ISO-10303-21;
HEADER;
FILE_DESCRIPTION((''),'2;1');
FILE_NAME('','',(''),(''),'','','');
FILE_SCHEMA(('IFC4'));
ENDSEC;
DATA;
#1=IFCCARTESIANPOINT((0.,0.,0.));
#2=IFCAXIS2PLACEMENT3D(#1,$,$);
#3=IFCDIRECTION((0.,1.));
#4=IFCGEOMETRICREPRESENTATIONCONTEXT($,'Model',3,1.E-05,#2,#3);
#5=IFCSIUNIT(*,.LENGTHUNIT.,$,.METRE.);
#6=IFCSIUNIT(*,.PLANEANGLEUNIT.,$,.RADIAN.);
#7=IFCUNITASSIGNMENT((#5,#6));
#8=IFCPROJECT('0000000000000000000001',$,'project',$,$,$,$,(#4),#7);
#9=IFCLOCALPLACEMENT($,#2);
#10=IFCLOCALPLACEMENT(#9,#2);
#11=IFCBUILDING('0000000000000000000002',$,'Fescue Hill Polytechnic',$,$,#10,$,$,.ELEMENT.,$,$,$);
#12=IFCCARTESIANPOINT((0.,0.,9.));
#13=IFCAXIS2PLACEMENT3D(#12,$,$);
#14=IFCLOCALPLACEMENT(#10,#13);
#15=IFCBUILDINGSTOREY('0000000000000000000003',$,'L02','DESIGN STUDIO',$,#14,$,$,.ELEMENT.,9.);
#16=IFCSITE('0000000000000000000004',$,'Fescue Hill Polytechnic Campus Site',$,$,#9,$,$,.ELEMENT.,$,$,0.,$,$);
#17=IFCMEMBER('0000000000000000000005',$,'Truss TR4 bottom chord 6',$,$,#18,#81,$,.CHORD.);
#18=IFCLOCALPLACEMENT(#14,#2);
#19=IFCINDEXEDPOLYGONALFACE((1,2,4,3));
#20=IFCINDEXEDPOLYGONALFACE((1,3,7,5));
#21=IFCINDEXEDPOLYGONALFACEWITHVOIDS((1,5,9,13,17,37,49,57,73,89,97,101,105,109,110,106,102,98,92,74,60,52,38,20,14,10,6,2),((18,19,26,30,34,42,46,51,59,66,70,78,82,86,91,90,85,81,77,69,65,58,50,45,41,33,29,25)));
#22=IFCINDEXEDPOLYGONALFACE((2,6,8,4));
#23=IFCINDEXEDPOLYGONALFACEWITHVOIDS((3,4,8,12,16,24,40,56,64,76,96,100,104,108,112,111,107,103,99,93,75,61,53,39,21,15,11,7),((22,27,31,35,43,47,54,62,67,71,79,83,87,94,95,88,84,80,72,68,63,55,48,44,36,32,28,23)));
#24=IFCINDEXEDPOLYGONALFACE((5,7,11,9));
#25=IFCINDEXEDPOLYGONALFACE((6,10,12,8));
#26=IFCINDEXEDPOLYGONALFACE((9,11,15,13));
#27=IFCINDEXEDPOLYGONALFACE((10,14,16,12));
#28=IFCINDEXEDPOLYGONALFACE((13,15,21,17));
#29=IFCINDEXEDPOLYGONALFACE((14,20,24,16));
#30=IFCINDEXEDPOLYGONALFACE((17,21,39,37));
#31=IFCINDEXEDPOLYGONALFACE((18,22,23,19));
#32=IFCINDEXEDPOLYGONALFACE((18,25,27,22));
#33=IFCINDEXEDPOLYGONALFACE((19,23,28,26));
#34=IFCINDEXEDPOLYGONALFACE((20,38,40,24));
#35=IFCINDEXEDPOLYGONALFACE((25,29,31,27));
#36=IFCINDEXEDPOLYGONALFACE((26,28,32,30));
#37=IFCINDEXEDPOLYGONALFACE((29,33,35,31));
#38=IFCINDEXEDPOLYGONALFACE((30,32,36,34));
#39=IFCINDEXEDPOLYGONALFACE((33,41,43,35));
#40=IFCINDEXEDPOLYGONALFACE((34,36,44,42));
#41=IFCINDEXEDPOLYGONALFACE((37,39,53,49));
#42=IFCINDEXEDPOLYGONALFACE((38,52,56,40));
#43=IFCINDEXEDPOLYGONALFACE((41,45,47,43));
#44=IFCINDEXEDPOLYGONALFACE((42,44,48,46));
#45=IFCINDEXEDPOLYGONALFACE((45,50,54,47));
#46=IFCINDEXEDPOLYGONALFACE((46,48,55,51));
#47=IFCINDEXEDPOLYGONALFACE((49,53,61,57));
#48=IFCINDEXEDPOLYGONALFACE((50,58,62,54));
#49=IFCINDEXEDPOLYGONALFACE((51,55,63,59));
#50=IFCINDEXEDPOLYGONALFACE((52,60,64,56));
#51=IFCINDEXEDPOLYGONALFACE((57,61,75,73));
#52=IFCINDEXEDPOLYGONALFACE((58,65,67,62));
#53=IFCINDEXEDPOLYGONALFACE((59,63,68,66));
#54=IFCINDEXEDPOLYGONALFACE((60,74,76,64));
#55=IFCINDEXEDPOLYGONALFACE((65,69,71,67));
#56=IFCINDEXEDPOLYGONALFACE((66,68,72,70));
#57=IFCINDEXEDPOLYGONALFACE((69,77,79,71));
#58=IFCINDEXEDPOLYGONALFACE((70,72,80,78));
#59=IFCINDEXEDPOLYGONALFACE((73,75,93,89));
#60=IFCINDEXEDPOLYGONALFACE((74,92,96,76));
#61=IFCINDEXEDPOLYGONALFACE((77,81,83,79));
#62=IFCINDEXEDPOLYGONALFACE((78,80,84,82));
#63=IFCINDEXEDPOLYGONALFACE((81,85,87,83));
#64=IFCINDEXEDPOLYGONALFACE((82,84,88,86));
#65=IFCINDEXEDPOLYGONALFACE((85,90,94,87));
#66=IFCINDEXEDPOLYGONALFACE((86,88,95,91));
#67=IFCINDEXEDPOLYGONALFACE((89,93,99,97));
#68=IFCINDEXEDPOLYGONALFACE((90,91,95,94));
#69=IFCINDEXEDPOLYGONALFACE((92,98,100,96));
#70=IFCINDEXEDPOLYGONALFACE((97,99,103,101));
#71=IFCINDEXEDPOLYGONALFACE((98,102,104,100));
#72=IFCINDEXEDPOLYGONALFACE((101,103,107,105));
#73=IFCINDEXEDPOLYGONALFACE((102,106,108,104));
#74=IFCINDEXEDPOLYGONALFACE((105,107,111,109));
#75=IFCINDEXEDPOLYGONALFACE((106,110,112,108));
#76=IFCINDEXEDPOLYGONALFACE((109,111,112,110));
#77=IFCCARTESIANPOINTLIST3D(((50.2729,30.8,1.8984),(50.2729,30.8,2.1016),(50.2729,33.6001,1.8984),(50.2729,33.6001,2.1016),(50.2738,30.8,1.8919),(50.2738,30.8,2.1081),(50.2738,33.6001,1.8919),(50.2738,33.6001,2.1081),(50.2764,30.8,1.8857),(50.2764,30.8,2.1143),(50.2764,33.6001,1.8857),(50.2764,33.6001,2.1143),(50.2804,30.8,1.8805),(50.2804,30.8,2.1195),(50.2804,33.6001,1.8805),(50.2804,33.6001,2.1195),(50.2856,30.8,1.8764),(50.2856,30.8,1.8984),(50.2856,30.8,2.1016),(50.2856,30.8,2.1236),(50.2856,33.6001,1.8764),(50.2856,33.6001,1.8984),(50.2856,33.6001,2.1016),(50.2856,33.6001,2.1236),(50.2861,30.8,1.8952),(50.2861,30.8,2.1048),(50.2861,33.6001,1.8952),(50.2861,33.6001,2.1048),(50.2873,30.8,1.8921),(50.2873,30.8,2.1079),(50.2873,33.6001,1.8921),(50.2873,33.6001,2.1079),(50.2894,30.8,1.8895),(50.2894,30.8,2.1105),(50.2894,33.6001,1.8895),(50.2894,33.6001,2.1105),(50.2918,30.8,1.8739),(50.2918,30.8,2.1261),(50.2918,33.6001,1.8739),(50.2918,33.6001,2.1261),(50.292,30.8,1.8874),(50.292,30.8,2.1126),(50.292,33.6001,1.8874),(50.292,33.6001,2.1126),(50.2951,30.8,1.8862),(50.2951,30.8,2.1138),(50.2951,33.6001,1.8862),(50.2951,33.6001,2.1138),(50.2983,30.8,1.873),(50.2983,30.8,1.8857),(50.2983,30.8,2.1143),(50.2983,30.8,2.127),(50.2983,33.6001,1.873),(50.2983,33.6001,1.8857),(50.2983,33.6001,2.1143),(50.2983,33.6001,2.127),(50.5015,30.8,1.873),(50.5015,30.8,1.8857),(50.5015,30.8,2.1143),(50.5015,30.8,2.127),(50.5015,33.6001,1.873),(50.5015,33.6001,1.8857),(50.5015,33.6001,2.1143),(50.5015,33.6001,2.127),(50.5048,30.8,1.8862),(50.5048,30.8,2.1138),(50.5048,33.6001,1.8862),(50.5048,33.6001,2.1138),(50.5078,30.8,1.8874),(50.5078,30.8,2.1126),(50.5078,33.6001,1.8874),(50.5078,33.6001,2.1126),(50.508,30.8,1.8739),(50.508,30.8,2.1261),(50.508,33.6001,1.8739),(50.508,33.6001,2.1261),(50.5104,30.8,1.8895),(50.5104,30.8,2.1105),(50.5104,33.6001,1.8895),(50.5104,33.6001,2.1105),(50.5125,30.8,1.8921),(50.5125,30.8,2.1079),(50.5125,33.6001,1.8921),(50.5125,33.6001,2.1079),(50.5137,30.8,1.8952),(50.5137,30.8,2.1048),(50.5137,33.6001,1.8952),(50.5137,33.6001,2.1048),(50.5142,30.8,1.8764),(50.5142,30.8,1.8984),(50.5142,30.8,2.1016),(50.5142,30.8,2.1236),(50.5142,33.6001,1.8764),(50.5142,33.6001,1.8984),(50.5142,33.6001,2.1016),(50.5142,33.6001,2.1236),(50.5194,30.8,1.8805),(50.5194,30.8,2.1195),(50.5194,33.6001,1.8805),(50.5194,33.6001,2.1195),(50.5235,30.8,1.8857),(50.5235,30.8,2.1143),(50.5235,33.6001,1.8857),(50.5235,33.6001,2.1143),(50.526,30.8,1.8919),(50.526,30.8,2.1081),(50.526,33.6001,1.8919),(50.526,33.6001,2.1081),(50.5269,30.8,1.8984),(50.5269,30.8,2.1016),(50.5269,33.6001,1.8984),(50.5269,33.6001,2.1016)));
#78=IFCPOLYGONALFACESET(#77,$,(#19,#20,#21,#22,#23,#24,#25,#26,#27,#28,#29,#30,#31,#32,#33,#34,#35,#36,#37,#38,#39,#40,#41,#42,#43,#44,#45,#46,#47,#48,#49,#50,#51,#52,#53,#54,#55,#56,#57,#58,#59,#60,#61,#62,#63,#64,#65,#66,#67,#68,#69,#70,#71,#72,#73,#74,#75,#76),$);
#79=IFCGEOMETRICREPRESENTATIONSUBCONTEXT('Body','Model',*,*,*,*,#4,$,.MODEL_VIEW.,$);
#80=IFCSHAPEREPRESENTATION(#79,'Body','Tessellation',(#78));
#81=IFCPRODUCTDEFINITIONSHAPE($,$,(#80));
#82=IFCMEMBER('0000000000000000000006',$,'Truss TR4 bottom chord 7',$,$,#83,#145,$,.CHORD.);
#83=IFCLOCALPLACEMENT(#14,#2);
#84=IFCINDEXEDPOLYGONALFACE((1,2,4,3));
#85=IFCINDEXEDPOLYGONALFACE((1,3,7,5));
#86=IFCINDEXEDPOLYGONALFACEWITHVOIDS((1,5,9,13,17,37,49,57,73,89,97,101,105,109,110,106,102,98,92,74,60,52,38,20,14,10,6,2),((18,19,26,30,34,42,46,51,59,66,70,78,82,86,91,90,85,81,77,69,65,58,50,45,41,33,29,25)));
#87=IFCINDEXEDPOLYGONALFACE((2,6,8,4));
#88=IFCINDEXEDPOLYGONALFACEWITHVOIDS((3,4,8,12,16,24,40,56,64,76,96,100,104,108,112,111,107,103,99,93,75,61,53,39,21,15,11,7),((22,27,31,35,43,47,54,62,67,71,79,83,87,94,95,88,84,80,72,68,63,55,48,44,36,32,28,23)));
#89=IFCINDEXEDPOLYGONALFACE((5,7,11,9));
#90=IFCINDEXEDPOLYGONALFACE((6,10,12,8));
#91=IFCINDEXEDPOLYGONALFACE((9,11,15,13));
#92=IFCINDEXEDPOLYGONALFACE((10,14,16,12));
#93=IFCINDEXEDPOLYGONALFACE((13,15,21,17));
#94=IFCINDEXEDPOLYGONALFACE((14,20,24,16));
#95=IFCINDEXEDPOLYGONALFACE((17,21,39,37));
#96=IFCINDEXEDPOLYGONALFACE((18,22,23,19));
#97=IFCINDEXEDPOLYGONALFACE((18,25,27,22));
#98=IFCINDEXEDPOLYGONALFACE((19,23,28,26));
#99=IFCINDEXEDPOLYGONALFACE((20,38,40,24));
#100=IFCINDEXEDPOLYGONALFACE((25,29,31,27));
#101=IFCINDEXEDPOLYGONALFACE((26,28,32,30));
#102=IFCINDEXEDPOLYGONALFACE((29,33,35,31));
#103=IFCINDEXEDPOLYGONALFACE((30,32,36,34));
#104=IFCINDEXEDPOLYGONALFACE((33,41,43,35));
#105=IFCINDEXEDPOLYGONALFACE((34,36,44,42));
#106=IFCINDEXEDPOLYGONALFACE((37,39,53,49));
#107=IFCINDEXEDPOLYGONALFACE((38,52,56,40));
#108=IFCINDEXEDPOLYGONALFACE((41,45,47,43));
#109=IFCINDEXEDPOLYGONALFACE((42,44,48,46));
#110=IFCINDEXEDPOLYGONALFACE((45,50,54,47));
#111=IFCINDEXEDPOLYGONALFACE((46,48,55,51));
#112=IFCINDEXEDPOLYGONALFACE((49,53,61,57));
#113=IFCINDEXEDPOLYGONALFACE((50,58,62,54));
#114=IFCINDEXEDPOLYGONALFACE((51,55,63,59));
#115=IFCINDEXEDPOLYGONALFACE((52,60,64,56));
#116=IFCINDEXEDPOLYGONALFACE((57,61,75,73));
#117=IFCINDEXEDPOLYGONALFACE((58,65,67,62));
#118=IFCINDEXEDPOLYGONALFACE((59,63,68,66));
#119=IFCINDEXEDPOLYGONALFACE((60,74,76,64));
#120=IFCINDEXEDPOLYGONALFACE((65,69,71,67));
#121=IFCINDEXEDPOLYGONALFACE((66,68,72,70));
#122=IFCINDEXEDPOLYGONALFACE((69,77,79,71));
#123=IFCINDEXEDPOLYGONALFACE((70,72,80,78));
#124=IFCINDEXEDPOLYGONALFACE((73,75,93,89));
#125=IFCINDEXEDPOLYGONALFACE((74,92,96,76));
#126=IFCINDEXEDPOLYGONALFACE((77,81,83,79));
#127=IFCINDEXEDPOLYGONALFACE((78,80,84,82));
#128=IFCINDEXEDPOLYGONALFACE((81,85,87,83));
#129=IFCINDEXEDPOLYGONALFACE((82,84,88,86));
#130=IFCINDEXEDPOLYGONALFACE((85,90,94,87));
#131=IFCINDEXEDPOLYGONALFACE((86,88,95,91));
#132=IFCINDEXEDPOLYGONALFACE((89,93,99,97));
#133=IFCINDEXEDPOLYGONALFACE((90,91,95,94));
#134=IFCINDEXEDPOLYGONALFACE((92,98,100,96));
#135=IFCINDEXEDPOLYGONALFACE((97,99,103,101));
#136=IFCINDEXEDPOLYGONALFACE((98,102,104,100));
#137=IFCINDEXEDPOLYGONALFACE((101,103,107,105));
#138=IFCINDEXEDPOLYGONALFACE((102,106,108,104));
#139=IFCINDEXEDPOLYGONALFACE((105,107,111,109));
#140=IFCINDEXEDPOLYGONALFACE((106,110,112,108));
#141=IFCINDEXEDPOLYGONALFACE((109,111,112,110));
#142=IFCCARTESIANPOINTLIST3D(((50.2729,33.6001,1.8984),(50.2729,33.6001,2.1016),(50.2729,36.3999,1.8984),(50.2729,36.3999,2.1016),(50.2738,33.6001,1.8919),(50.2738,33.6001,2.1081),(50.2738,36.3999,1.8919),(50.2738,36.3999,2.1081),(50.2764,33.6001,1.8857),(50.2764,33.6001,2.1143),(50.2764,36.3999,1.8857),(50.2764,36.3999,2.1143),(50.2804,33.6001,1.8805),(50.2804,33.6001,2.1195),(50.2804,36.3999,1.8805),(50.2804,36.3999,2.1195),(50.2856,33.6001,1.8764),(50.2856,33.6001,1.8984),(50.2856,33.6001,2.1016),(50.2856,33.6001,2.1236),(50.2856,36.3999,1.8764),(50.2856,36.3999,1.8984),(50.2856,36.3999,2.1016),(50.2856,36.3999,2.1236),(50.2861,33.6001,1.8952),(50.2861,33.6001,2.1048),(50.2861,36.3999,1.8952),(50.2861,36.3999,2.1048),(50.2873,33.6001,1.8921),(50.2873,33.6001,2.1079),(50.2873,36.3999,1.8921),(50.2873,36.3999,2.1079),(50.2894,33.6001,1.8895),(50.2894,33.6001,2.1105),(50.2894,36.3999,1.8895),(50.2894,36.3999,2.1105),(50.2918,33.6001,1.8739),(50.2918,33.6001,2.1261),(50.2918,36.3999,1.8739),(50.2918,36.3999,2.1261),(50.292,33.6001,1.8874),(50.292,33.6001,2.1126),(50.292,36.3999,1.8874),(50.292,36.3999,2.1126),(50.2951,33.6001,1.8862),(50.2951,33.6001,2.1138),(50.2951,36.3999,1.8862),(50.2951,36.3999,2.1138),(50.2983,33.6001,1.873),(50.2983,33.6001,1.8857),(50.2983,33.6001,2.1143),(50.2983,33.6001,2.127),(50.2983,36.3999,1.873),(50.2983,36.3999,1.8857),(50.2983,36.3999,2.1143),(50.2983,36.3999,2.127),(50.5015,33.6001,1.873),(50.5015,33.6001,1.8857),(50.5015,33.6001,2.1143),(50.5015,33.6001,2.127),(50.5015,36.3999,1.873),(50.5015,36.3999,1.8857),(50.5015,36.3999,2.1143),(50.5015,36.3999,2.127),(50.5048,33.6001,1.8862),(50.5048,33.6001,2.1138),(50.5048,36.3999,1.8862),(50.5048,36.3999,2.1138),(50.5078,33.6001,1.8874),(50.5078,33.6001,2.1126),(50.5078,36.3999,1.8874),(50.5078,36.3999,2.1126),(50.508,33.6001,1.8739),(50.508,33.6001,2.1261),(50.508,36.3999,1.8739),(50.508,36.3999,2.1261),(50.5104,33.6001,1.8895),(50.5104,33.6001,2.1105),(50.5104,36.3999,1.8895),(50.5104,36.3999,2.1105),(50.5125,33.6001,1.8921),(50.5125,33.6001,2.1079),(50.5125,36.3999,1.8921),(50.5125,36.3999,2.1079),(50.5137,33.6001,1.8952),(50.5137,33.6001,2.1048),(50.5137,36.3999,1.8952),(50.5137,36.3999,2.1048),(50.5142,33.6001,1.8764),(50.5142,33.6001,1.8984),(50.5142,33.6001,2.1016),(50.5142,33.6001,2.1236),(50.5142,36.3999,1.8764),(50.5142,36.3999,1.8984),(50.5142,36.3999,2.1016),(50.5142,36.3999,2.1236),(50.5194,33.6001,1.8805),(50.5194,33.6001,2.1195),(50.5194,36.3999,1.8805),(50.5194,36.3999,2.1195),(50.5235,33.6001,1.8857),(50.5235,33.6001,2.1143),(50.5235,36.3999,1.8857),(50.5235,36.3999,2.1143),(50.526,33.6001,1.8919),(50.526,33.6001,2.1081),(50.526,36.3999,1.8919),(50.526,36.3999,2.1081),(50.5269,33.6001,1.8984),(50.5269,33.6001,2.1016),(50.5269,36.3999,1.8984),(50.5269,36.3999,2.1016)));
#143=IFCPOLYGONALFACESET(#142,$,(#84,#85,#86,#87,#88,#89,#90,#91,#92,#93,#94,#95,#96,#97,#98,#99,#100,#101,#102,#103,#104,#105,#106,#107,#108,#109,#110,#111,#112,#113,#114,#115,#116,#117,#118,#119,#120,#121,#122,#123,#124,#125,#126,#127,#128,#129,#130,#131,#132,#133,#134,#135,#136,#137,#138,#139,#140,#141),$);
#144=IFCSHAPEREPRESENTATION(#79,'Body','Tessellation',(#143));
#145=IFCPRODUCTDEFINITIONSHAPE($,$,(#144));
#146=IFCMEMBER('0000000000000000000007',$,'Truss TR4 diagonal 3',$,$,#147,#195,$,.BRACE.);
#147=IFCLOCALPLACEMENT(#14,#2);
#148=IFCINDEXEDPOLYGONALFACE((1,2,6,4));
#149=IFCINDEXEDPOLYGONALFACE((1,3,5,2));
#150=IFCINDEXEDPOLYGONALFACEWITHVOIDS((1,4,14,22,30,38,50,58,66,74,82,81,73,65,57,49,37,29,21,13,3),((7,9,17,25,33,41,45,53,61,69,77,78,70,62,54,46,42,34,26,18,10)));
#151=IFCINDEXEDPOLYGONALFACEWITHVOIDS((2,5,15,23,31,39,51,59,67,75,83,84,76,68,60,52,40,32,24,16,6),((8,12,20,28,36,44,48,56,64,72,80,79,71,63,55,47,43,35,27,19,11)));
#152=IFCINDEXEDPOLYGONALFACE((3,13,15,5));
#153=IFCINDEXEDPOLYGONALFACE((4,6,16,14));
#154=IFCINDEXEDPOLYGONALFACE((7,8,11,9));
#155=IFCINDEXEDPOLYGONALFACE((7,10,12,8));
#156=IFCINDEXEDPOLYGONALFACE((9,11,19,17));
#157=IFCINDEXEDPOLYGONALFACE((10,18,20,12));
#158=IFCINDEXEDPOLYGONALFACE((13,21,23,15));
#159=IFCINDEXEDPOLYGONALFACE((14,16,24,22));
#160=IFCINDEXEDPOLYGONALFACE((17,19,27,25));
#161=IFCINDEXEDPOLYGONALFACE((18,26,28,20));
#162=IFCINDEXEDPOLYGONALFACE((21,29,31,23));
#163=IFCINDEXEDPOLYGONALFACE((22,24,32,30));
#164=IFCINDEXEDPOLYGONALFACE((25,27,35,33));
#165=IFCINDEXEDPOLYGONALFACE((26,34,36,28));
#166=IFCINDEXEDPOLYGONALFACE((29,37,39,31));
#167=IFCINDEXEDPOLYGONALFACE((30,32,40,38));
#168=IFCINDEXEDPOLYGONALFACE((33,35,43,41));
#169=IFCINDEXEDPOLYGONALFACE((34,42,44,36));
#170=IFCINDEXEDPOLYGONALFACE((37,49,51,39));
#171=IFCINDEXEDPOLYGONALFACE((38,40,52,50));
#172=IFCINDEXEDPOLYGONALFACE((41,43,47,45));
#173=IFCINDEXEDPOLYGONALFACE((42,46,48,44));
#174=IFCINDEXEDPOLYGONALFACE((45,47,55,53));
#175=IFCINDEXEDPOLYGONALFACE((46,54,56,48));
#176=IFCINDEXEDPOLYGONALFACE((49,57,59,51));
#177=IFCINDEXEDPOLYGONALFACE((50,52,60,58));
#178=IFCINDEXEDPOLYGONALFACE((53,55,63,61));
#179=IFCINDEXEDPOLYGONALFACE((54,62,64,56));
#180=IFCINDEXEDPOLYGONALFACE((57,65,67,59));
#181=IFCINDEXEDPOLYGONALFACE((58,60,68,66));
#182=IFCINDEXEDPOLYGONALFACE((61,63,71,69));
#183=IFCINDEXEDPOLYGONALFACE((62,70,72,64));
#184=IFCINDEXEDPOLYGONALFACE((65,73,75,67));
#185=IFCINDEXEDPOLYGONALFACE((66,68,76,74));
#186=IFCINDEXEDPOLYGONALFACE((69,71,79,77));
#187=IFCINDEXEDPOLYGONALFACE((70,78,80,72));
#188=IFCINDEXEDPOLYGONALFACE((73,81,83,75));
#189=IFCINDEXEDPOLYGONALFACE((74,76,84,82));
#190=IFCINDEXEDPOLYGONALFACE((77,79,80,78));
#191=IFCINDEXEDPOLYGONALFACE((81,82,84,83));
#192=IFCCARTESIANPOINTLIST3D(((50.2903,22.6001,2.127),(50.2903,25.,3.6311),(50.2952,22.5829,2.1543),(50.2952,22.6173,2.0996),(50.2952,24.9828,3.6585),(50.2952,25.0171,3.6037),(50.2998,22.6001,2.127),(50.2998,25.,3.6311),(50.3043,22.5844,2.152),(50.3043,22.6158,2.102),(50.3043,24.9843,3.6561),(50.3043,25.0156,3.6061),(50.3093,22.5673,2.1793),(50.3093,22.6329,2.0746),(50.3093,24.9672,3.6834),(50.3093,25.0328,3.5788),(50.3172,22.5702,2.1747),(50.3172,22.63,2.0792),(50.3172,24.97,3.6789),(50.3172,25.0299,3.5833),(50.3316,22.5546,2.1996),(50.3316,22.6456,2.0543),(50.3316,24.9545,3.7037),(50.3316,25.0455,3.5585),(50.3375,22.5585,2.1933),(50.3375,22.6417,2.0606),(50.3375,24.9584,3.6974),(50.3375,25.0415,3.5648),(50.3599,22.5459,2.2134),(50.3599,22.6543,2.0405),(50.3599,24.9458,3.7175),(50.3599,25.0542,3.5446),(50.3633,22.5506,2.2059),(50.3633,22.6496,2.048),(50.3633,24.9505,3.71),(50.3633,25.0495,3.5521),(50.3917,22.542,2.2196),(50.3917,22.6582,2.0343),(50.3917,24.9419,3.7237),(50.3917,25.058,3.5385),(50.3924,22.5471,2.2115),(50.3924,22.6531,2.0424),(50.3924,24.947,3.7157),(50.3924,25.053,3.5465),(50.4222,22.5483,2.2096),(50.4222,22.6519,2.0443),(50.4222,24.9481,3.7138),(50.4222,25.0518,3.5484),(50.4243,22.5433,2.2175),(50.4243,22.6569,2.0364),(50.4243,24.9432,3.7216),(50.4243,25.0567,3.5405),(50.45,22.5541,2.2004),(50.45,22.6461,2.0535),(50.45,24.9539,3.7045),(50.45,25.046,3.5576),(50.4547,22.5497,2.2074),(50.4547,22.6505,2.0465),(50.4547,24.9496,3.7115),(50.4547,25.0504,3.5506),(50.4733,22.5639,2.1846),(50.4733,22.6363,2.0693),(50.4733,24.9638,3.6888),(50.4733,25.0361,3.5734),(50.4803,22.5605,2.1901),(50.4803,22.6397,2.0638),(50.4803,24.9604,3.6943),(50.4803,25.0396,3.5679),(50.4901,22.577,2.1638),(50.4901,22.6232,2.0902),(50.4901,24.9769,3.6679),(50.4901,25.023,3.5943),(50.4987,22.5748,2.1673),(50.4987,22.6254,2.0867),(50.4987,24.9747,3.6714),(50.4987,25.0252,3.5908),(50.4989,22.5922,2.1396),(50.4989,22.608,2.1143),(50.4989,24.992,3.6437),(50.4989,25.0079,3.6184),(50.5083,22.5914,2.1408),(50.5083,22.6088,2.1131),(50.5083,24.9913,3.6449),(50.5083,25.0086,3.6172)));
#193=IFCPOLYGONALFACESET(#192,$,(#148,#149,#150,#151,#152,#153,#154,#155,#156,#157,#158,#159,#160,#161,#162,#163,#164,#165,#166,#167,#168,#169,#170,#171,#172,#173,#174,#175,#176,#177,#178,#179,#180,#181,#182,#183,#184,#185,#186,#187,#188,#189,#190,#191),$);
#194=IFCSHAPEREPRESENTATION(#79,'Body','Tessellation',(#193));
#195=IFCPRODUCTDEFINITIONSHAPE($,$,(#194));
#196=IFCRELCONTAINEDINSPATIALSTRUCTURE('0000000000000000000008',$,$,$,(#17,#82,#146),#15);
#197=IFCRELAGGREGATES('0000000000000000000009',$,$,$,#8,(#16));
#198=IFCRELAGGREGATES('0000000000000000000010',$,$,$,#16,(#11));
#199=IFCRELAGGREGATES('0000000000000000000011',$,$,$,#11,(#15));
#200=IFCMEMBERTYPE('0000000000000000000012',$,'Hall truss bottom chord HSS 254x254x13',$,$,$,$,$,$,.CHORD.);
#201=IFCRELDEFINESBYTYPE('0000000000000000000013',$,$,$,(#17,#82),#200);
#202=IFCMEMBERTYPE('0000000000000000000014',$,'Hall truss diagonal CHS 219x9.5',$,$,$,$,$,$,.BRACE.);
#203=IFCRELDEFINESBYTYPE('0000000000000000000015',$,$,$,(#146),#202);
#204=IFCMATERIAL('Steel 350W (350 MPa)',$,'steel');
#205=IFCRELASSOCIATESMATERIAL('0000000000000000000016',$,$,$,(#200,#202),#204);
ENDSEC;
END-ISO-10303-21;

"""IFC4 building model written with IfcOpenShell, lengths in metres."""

from ifc_helpers import new_model, si_unit, direction, frame, origin, origin_2d, place, context, subcontext, project, spatial, hollow_rectangle, hollow_circle, extrude, material, material_profile, profile_set, type_object, element, save


model = new_model("IFC4")

# Units and contexts
model_context = context("Model", 3, precision=1e-05, world=origin(), true_north=direction((0.0, 1.0)))
body_context = subcontext(model_context, "Body", "Model", "MODEL_VIEW")
ifc_project = project(units=[si_unit("LENGTHUNIT", "METRE"), si_unit("PLANEANGLEUNIT", "RADIAN")], contexts=[model_context])

# Site, building, storey
site_placement = place(None, origin())
site = spatial("IfcSite", under=ifc_project, at=site_placement, Name="Fescue Hill Polytechnic Campus Site", CompositionType="ELEMENT", RefElevation=0.0)
building_placement = place(site_placement, origin())
building = spatial("IfcBuilding", under=site, at=building_placement, Name="Fescue Hill Polytechnic", CompositionType="ELEMENT")
storey_placement = place(building_placement, frame((0.0, 0.0, 9.0)))
storey = spatial("IfcBuildingStorey", under=building, at=storey_placement, Name="L02", Description="DESIGN STUDIO", CompositionType="ELEMENT", Elevation=9.0)

# Members
ifc_material = material(Name="Steel 350W (350 MPa)", Category="steel")
ifc_material_profile_1 = material_profile(ifc_material, hollow_rectangle(XDim=0.2539, YDim=0.2539, WallThickness=0.0127, InnerFilletRadius=0.0127, OuterFilletRadius=0.0254, at=origin_2d()), Name="Hall truss bottom chord HSS 254x254x13")
ifc_profile_set_1 = profile_set([ifc_material_profile_1], Name="Steel 350W (350 MPa)")
member_type_1 = type_object("IfcMemberType", Name="Hall truss bottom chord HSS 254x254x13", PredefinedType="CHORD", material=ifc_profile_set_1)
for number, where, z_axis, x_axis, name in (
    (1, (50.3999, 30.8, 2.0), (0.0, 1.0, 0.0), (-1.0, 0.0, 0.0), "Truss TR4 bottom chord 6"),
):
    element("IfcMember", number, at=place(storey_placement, frame(where, z_axis=z_axis, x_axis=x_axis)), inside=storey, type_object=member_type_1, Name=name, PredefinedType="CHORD", context=body_context, shape_type="SweptSolid", body=[
        extrude(hollow_rectangle(XDim=0.2539, YDim=0.2539, WallThickness=0.0127, InnerFilletRadius=0.0127, OuterFilletRadius=0.0254, at=origin_2d()), origin(), (0.0, 0.0, 1.0), 2.8),
    ])
member_1_placement = place(storey_placement, frame((50.3999, 33.6001, 2.0), z_axis=(0.0, 1.0, 0.0), x_axis=(-1.0, 0.0, 0.0)))
element("IfcMember", 2, at=member_1_placement, inside=storey, type_object=member_type_1, Name="Truss TR4 bottom chord 7", PredefinedType="CHORD", context=body_context, shape_type="SweptSolid", body=[
    extrude(hollow_rectangle(XDim=0.2539, YDim=0.2539, WallThickness=0.0127, InnerFilletRadius=0.0127, OuterFilletRadius=0.0254, at=origin_2d()), origin(), (0.0, 0.0, 1.0), 2.7998),
])
ifc_material_profile_2 = material_profile(ifc_material, hollow_circle(Radius=0.1096, WallThickness=0.0095, at=origin_2d()), Name="Hall truss diagonal CHS 219x9.5")
ifc_profile_set_2 = profile_set([ifc_material_profile_2], Name="Steel 350W (350 MPa)")
member_type_2 = type_object("IfcMemberType", Name="Hall truss diagonal CHS 219x9.5", PredefinedType="BRACE", material=ifc_profile_set_2)
member_2_placement = place(storey_placement, frame((50.3999, 22.6001, 2.127), z_axis=(0.0, 0.847329, 0.531068), x_axis=(-1.0, 0.0, 0.0)))
element("IfcMember", 3, at=member_2_placement, inside=storey, type_object=member_type_2, Name="Truss TR4 diagonal 3", PredefinedType="BRACE", context=body_context, shape_type="SweptSolid", body=[
    extrude(hollow_circle(Radius=0.1096, WallThickness=0.0095, at=origin_2d()), origin(), (0.0, 0.0, 1.0), 2.8323),
])

save(model, "model.ifc")
